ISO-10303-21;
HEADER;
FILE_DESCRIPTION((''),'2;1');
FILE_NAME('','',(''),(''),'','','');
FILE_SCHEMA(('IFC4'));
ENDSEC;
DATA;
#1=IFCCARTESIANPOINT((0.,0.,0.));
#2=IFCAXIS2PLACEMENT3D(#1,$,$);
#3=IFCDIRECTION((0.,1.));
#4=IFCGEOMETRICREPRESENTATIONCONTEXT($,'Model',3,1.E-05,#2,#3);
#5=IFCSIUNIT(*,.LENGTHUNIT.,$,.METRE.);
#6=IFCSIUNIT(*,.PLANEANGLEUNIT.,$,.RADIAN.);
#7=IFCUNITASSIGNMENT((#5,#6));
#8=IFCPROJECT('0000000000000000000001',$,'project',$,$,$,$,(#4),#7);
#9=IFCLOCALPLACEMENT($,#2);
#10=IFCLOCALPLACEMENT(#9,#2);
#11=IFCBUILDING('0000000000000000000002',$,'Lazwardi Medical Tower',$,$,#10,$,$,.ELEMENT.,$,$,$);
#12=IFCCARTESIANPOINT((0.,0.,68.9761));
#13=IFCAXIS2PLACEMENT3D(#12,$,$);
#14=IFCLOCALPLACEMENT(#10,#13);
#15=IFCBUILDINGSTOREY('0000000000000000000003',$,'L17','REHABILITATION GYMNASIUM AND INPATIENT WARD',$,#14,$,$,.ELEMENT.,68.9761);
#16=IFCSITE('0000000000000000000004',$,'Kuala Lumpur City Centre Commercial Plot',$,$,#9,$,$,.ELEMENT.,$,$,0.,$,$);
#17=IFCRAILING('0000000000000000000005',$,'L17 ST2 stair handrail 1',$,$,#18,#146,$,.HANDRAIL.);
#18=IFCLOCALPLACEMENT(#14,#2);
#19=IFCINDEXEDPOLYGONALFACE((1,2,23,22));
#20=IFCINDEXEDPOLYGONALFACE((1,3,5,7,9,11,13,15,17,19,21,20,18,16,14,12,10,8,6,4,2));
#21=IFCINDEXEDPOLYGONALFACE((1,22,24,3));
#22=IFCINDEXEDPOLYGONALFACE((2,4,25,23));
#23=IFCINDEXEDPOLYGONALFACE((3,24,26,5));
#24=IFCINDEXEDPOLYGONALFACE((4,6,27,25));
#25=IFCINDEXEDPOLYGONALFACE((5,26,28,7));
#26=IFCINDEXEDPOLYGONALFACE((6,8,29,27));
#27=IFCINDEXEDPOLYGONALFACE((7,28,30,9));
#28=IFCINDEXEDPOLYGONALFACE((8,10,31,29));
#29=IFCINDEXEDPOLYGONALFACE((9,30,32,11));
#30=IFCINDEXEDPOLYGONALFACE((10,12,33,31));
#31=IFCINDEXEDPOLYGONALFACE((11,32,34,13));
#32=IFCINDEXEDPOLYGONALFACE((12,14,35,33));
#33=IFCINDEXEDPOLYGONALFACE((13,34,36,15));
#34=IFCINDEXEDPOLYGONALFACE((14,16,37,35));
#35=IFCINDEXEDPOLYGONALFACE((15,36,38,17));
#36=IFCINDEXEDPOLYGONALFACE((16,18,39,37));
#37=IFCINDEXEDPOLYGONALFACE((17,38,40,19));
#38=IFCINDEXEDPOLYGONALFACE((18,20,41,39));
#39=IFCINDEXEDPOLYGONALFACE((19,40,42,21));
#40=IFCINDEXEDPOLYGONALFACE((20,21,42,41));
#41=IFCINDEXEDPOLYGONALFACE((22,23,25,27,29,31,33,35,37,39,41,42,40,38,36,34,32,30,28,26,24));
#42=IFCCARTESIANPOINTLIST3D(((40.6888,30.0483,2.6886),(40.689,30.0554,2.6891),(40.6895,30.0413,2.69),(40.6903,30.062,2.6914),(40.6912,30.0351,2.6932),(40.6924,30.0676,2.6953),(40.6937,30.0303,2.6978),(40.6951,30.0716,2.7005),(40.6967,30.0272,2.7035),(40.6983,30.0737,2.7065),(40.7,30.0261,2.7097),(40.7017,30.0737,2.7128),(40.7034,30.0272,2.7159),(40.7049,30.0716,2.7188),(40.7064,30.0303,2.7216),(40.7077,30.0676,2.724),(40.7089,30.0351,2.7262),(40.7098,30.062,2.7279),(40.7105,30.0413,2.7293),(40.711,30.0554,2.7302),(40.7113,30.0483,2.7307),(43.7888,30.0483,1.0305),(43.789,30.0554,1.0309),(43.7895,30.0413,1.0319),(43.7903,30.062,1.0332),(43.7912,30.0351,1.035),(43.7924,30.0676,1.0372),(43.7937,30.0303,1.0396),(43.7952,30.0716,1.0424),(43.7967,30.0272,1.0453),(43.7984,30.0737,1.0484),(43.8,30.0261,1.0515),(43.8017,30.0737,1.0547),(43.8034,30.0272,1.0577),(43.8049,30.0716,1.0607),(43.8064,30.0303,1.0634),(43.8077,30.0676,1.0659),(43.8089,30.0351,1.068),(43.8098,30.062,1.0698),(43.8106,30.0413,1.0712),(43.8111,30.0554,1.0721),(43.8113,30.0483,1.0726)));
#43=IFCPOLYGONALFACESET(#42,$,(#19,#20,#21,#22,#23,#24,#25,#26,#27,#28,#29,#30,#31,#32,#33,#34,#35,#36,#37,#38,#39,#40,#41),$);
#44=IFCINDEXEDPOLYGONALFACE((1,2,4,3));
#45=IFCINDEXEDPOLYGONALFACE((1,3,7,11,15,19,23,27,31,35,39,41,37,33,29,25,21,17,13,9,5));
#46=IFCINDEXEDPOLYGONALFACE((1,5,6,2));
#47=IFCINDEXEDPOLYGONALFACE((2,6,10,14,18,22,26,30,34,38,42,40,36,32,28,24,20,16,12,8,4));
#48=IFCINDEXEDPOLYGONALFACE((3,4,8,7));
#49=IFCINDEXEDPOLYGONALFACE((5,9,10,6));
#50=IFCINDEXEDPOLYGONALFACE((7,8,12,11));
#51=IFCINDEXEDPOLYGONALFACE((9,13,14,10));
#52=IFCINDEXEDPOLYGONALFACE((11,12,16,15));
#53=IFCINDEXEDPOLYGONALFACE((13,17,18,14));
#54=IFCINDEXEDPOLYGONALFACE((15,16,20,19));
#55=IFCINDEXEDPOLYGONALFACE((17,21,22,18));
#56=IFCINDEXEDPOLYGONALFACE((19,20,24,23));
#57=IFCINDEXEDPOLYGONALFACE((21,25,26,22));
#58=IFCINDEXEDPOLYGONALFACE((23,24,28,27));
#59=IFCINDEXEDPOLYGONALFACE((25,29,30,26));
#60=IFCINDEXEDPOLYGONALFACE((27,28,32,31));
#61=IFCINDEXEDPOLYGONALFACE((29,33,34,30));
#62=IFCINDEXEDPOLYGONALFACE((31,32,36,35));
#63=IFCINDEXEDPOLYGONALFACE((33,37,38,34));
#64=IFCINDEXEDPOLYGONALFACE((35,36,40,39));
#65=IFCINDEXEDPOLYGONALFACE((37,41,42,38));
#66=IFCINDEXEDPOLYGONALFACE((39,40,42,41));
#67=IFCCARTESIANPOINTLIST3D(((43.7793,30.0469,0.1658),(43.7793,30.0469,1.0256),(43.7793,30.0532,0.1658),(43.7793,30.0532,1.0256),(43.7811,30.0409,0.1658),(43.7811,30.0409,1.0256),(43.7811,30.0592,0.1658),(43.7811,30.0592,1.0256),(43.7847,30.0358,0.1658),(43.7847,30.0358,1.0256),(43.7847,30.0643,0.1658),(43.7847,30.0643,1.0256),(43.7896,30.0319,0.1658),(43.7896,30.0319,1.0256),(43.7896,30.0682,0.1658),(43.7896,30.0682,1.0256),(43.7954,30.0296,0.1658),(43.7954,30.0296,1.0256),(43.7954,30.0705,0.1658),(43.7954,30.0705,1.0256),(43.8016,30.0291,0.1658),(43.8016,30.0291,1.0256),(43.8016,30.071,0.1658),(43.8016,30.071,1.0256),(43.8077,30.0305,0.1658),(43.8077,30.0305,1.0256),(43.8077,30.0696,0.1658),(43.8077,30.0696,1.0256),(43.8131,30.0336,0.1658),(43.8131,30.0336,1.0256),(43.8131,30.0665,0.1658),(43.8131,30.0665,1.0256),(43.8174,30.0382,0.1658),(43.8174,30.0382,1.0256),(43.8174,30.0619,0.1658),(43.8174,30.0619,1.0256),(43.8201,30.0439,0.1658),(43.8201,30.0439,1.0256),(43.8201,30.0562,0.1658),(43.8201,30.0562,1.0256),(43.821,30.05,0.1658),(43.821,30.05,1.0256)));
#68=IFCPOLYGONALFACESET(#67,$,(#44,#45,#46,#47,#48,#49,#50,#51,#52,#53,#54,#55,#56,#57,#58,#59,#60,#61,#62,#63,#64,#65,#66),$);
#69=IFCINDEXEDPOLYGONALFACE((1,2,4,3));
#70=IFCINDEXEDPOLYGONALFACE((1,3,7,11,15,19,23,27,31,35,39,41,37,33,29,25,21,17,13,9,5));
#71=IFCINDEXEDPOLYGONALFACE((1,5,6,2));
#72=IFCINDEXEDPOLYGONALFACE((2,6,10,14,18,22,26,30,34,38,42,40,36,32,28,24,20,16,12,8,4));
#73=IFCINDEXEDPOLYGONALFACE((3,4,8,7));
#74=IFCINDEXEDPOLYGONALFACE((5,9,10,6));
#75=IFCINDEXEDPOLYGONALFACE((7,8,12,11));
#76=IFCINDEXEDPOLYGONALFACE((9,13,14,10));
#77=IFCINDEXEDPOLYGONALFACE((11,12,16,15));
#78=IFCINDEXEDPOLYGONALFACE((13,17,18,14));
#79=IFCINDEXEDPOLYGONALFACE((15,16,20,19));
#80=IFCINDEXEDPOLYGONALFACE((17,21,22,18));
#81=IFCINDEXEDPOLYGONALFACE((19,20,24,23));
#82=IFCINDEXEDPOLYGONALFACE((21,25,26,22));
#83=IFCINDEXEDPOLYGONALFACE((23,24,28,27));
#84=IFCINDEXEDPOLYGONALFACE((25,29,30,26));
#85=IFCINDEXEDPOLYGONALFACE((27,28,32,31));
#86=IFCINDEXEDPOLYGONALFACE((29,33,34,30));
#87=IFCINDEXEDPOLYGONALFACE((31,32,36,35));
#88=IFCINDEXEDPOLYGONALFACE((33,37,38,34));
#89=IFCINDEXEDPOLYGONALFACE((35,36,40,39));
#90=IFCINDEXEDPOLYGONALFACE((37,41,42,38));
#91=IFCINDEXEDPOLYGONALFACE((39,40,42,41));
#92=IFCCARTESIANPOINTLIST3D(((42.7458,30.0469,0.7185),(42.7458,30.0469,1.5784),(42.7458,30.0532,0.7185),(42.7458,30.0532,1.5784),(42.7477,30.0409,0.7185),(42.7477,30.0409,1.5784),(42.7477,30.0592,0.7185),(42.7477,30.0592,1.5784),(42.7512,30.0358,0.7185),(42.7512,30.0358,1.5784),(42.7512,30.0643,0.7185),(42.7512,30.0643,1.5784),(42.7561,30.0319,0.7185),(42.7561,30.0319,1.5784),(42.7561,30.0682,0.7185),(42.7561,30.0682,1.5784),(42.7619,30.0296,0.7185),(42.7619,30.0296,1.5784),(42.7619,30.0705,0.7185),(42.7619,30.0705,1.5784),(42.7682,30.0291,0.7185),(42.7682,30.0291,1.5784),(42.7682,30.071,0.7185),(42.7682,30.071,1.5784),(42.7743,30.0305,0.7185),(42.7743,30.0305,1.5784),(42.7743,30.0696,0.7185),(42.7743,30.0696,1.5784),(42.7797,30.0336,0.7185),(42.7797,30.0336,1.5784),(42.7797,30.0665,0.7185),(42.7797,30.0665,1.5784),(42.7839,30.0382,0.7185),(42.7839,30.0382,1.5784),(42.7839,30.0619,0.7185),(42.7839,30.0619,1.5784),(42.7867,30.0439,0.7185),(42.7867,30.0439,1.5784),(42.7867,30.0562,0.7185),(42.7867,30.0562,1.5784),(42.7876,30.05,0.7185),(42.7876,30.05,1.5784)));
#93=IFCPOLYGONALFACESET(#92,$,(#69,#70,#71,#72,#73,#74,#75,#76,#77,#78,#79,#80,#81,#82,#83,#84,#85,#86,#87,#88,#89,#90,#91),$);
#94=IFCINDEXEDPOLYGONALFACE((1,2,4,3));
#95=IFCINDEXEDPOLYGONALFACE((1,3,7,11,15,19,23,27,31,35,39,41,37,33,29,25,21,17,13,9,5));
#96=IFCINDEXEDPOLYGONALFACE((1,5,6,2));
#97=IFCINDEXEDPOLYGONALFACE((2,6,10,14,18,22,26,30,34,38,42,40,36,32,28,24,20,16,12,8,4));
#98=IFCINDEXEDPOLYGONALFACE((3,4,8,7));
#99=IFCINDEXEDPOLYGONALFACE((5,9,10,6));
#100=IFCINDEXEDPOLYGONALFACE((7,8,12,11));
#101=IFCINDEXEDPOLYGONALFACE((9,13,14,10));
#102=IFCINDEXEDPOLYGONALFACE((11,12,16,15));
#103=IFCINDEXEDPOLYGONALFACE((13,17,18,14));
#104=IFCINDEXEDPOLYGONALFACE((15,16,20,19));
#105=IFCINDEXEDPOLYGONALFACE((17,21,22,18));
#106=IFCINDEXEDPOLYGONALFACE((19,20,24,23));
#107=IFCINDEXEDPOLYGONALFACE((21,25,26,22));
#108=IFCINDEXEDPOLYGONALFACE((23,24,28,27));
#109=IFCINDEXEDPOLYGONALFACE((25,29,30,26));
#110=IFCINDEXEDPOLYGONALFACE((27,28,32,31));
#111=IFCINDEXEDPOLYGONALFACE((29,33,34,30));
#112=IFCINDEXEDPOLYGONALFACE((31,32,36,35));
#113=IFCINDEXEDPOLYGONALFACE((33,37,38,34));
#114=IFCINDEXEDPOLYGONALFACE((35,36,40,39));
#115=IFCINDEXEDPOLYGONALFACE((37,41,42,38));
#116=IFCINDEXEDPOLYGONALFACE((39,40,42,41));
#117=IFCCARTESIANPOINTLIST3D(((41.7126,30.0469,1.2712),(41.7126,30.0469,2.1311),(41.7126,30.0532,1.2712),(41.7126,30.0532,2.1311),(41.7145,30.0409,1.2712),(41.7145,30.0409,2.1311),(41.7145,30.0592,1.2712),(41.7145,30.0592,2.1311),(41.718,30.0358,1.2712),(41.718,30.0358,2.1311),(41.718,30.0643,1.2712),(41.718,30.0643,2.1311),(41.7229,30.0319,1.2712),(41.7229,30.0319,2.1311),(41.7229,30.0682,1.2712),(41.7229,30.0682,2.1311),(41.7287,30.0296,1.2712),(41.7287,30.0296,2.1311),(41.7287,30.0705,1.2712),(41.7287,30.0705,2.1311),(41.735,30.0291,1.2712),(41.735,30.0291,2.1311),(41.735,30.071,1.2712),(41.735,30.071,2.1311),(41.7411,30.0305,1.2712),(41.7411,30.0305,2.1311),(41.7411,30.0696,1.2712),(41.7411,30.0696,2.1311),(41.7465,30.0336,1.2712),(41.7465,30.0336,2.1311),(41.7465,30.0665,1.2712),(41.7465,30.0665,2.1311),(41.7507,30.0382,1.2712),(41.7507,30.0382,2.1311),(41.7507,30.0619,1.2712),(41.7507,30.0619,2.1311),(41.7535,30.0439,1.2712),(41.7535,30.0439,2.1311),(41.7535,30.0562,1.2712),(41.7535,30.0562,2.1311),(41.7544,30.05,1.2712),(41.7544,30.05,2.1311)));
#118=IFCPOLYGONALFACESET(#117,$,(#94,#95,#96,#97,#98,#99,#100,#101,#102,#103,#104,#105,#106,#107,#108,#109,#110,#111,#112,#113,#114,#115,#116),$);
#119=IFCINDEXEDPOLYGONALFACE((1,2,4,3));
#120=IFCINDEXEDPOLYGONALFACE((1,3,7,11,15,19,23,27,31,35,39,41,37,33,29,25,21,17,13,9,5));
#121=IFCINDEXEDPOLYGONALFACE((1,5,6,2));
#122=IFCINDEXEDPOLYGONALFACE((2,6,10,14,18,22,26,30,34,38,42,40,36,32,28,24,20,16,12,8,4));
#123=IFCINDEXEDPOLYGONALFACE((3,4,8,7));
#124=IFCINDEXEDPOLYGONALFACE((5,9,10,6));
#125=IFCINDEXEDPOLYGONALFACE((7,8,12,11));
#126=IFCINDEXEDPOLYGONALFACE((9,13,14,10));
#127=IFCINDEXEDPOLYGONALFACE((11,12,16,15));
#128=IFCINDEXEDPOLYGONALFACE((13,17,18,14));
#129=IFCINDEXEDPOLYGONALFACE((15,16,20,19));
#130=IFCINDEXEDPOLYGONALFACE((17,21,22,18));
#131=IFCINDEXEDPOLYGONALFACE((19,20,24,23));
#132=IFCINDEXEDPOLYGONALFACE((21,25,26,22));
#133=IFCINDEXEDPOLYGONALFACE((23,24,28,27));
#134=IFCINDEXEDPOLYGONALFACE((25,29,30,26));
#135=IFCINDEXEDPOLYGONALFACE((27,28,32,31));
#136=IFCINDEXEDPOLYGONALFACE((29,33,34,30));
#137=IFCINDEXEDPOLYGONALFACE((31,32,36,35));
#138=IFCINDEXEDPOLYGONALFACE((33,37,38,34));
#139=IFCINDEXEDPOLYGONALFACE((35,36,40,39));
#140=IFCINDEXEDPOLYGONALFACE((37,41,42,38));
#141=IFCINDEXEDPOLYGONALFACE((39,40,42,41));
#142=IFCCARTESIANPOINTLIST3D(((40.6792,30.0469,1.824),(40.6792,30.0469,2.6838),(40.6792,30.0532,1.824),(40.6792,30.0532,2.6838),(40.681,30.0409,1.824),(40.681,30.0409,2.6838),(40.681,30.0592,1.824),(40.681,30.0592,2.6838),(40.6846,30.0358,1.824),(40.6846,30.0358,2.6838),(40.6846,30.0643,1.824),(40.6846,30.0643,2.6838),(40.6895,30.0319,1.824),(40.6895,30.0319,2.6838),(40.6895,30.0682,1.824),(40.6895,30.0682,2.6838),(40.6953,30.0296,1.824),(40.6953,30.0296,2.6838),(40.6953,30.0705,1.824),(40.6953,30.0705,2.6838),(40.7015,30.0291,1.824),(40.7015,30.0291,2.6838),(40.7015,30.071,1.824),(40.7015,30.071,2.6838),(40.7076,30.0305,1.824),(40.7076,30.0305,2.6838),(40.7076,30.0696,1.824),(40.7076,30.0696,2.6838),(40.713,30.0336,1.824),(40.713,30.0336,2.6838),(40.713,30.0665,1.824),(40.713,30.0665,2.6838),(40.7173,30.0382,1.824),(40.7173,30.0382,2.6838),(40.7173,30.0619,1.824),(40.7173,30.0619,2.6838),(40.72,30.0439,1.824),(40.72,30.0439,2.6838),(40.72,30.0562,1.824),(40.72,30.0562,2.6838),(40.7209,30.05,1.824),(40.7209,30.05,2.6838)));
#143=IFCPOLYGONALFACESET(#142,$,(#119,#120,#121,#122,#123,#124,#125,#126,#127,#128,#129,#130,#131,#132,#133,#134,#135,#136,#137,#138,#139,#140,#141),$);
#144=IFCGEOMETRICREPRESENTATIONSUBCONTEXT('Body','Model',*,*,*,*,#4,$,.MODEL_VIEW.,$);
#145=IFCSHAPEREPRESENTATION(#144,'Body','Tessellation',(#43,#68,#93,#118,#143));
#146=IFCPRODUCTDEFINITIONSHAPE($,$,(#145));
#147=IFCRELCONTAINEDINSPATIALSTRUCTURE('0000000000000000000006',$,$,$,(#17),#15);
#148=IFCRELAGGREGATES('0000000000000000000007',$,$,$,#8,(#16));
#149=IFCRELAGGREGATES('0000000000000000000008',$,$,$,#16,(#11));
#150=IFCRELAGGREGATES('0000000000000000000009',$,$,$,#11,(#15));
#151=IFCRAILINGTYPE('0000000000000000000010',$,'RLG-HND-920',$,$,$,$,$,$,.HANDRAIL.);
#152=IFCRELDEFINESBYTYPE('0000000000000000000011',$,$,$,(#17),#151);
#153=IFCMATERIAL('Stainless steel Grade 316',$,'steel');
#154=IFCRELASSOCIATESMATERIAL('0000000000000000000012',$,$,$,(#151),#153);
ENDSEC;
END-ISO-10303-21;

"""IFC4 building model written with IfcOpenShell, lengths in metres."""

from ifc_helpers import new_model, si_unit, direction, frame, origin, origin_2d, place, context, subcontext, project, spatial, circle, extrude, material, type_object, element, save


model = new_model("IFC4")

# Units and contexts
model_context = context("Model", 3, precision=1e-05, world=origin(), true_north=direction((0.0, 1.0)))
body_context = subcontext(model_context, "Body", "Model", "MODEL_VIEW")
ifc_project = project(units=[si_unit("LENGTHUNIT", "METRE"), si_unit("PLANEANGLEUNIT", "RADIAN")], contexts=[model_context])

# Site, building, storey
site_placement = place(None, origin())
site = spatial("IfcSite", under=ifc_project, at=site_placement, Name="Kuala Lumpur City Centre Commercial Plot", CompositionType="ELEMENT", RefElevation=0.0)
building_placement = place(site_placement, origin())
building = spatial("IfcBuilding", under=site, at=building_placement, Name="Lazwardi Medical Tower", CompositionType="ELEMENT")
storey_placement = place(building_placement, frame((0.0, 0.0, 68.9761)))
storey = spatial("IfcBuildingStorey", under=building, at=storey_placement, Name="L17", Description="REHABILITATION GYMNASIUM AND INPATIENT WARD", CompositionType="ELEMENT", Elevation=68.9761)

# Railing
ifc_material_1 = material(Name="Stainless steel Grade 316", Category="steel")
railing_type_1 = type_object("IfcRailingType", Name="RLG-HND-920", PredefinedType="HANDRAIL", material=ifc_material_1)
railing_1_placement = place(storey_placement, frame((43.8, 30.05, 0.1658)))
element("IfcRailing", 1, at=railing_1_placement, inside=storey, type_object=railing_type_1, Name="L17 ST2 stair handrail 1", PredefinedType="HANDRAIL", context=body_context, shape_type="SweptSolid", body=[
    extrude(circle(Radius=0.0239, at=origin_2d()), frame((0.0, 0.0, 0.8857), z_axis=(-0.881783, 0.0, 0.471655), x_axis=(0.0, -1.0, 0.0)), (0.0, 0.0, 1.0), 3.5156),
    extrude(circle(Radius=0.021, at=origin_2d()), origin(), (0.0, 0.0, 1.0), 0.8599),
    extrude(circle(Radius=0.021, at=origin_2d()), frame((-1.0334, 0.0, 0.5527)), (0.0, 0.0, 1.0), 0.8599),
    extrude(circle(Radius=0.021, at=origin_2d()), frame((-2.0667, 0.0, 1.1055)), (0.0, 0.0, 1.0), 0.8599),
    extrude(circle(Radius=0.021, at=origin_2d()), frame((-3.1001, 0.0, 1.6582)), (0.0, 0.0, 1.0), 0.8599),
])

save(model, "model.ifc")
